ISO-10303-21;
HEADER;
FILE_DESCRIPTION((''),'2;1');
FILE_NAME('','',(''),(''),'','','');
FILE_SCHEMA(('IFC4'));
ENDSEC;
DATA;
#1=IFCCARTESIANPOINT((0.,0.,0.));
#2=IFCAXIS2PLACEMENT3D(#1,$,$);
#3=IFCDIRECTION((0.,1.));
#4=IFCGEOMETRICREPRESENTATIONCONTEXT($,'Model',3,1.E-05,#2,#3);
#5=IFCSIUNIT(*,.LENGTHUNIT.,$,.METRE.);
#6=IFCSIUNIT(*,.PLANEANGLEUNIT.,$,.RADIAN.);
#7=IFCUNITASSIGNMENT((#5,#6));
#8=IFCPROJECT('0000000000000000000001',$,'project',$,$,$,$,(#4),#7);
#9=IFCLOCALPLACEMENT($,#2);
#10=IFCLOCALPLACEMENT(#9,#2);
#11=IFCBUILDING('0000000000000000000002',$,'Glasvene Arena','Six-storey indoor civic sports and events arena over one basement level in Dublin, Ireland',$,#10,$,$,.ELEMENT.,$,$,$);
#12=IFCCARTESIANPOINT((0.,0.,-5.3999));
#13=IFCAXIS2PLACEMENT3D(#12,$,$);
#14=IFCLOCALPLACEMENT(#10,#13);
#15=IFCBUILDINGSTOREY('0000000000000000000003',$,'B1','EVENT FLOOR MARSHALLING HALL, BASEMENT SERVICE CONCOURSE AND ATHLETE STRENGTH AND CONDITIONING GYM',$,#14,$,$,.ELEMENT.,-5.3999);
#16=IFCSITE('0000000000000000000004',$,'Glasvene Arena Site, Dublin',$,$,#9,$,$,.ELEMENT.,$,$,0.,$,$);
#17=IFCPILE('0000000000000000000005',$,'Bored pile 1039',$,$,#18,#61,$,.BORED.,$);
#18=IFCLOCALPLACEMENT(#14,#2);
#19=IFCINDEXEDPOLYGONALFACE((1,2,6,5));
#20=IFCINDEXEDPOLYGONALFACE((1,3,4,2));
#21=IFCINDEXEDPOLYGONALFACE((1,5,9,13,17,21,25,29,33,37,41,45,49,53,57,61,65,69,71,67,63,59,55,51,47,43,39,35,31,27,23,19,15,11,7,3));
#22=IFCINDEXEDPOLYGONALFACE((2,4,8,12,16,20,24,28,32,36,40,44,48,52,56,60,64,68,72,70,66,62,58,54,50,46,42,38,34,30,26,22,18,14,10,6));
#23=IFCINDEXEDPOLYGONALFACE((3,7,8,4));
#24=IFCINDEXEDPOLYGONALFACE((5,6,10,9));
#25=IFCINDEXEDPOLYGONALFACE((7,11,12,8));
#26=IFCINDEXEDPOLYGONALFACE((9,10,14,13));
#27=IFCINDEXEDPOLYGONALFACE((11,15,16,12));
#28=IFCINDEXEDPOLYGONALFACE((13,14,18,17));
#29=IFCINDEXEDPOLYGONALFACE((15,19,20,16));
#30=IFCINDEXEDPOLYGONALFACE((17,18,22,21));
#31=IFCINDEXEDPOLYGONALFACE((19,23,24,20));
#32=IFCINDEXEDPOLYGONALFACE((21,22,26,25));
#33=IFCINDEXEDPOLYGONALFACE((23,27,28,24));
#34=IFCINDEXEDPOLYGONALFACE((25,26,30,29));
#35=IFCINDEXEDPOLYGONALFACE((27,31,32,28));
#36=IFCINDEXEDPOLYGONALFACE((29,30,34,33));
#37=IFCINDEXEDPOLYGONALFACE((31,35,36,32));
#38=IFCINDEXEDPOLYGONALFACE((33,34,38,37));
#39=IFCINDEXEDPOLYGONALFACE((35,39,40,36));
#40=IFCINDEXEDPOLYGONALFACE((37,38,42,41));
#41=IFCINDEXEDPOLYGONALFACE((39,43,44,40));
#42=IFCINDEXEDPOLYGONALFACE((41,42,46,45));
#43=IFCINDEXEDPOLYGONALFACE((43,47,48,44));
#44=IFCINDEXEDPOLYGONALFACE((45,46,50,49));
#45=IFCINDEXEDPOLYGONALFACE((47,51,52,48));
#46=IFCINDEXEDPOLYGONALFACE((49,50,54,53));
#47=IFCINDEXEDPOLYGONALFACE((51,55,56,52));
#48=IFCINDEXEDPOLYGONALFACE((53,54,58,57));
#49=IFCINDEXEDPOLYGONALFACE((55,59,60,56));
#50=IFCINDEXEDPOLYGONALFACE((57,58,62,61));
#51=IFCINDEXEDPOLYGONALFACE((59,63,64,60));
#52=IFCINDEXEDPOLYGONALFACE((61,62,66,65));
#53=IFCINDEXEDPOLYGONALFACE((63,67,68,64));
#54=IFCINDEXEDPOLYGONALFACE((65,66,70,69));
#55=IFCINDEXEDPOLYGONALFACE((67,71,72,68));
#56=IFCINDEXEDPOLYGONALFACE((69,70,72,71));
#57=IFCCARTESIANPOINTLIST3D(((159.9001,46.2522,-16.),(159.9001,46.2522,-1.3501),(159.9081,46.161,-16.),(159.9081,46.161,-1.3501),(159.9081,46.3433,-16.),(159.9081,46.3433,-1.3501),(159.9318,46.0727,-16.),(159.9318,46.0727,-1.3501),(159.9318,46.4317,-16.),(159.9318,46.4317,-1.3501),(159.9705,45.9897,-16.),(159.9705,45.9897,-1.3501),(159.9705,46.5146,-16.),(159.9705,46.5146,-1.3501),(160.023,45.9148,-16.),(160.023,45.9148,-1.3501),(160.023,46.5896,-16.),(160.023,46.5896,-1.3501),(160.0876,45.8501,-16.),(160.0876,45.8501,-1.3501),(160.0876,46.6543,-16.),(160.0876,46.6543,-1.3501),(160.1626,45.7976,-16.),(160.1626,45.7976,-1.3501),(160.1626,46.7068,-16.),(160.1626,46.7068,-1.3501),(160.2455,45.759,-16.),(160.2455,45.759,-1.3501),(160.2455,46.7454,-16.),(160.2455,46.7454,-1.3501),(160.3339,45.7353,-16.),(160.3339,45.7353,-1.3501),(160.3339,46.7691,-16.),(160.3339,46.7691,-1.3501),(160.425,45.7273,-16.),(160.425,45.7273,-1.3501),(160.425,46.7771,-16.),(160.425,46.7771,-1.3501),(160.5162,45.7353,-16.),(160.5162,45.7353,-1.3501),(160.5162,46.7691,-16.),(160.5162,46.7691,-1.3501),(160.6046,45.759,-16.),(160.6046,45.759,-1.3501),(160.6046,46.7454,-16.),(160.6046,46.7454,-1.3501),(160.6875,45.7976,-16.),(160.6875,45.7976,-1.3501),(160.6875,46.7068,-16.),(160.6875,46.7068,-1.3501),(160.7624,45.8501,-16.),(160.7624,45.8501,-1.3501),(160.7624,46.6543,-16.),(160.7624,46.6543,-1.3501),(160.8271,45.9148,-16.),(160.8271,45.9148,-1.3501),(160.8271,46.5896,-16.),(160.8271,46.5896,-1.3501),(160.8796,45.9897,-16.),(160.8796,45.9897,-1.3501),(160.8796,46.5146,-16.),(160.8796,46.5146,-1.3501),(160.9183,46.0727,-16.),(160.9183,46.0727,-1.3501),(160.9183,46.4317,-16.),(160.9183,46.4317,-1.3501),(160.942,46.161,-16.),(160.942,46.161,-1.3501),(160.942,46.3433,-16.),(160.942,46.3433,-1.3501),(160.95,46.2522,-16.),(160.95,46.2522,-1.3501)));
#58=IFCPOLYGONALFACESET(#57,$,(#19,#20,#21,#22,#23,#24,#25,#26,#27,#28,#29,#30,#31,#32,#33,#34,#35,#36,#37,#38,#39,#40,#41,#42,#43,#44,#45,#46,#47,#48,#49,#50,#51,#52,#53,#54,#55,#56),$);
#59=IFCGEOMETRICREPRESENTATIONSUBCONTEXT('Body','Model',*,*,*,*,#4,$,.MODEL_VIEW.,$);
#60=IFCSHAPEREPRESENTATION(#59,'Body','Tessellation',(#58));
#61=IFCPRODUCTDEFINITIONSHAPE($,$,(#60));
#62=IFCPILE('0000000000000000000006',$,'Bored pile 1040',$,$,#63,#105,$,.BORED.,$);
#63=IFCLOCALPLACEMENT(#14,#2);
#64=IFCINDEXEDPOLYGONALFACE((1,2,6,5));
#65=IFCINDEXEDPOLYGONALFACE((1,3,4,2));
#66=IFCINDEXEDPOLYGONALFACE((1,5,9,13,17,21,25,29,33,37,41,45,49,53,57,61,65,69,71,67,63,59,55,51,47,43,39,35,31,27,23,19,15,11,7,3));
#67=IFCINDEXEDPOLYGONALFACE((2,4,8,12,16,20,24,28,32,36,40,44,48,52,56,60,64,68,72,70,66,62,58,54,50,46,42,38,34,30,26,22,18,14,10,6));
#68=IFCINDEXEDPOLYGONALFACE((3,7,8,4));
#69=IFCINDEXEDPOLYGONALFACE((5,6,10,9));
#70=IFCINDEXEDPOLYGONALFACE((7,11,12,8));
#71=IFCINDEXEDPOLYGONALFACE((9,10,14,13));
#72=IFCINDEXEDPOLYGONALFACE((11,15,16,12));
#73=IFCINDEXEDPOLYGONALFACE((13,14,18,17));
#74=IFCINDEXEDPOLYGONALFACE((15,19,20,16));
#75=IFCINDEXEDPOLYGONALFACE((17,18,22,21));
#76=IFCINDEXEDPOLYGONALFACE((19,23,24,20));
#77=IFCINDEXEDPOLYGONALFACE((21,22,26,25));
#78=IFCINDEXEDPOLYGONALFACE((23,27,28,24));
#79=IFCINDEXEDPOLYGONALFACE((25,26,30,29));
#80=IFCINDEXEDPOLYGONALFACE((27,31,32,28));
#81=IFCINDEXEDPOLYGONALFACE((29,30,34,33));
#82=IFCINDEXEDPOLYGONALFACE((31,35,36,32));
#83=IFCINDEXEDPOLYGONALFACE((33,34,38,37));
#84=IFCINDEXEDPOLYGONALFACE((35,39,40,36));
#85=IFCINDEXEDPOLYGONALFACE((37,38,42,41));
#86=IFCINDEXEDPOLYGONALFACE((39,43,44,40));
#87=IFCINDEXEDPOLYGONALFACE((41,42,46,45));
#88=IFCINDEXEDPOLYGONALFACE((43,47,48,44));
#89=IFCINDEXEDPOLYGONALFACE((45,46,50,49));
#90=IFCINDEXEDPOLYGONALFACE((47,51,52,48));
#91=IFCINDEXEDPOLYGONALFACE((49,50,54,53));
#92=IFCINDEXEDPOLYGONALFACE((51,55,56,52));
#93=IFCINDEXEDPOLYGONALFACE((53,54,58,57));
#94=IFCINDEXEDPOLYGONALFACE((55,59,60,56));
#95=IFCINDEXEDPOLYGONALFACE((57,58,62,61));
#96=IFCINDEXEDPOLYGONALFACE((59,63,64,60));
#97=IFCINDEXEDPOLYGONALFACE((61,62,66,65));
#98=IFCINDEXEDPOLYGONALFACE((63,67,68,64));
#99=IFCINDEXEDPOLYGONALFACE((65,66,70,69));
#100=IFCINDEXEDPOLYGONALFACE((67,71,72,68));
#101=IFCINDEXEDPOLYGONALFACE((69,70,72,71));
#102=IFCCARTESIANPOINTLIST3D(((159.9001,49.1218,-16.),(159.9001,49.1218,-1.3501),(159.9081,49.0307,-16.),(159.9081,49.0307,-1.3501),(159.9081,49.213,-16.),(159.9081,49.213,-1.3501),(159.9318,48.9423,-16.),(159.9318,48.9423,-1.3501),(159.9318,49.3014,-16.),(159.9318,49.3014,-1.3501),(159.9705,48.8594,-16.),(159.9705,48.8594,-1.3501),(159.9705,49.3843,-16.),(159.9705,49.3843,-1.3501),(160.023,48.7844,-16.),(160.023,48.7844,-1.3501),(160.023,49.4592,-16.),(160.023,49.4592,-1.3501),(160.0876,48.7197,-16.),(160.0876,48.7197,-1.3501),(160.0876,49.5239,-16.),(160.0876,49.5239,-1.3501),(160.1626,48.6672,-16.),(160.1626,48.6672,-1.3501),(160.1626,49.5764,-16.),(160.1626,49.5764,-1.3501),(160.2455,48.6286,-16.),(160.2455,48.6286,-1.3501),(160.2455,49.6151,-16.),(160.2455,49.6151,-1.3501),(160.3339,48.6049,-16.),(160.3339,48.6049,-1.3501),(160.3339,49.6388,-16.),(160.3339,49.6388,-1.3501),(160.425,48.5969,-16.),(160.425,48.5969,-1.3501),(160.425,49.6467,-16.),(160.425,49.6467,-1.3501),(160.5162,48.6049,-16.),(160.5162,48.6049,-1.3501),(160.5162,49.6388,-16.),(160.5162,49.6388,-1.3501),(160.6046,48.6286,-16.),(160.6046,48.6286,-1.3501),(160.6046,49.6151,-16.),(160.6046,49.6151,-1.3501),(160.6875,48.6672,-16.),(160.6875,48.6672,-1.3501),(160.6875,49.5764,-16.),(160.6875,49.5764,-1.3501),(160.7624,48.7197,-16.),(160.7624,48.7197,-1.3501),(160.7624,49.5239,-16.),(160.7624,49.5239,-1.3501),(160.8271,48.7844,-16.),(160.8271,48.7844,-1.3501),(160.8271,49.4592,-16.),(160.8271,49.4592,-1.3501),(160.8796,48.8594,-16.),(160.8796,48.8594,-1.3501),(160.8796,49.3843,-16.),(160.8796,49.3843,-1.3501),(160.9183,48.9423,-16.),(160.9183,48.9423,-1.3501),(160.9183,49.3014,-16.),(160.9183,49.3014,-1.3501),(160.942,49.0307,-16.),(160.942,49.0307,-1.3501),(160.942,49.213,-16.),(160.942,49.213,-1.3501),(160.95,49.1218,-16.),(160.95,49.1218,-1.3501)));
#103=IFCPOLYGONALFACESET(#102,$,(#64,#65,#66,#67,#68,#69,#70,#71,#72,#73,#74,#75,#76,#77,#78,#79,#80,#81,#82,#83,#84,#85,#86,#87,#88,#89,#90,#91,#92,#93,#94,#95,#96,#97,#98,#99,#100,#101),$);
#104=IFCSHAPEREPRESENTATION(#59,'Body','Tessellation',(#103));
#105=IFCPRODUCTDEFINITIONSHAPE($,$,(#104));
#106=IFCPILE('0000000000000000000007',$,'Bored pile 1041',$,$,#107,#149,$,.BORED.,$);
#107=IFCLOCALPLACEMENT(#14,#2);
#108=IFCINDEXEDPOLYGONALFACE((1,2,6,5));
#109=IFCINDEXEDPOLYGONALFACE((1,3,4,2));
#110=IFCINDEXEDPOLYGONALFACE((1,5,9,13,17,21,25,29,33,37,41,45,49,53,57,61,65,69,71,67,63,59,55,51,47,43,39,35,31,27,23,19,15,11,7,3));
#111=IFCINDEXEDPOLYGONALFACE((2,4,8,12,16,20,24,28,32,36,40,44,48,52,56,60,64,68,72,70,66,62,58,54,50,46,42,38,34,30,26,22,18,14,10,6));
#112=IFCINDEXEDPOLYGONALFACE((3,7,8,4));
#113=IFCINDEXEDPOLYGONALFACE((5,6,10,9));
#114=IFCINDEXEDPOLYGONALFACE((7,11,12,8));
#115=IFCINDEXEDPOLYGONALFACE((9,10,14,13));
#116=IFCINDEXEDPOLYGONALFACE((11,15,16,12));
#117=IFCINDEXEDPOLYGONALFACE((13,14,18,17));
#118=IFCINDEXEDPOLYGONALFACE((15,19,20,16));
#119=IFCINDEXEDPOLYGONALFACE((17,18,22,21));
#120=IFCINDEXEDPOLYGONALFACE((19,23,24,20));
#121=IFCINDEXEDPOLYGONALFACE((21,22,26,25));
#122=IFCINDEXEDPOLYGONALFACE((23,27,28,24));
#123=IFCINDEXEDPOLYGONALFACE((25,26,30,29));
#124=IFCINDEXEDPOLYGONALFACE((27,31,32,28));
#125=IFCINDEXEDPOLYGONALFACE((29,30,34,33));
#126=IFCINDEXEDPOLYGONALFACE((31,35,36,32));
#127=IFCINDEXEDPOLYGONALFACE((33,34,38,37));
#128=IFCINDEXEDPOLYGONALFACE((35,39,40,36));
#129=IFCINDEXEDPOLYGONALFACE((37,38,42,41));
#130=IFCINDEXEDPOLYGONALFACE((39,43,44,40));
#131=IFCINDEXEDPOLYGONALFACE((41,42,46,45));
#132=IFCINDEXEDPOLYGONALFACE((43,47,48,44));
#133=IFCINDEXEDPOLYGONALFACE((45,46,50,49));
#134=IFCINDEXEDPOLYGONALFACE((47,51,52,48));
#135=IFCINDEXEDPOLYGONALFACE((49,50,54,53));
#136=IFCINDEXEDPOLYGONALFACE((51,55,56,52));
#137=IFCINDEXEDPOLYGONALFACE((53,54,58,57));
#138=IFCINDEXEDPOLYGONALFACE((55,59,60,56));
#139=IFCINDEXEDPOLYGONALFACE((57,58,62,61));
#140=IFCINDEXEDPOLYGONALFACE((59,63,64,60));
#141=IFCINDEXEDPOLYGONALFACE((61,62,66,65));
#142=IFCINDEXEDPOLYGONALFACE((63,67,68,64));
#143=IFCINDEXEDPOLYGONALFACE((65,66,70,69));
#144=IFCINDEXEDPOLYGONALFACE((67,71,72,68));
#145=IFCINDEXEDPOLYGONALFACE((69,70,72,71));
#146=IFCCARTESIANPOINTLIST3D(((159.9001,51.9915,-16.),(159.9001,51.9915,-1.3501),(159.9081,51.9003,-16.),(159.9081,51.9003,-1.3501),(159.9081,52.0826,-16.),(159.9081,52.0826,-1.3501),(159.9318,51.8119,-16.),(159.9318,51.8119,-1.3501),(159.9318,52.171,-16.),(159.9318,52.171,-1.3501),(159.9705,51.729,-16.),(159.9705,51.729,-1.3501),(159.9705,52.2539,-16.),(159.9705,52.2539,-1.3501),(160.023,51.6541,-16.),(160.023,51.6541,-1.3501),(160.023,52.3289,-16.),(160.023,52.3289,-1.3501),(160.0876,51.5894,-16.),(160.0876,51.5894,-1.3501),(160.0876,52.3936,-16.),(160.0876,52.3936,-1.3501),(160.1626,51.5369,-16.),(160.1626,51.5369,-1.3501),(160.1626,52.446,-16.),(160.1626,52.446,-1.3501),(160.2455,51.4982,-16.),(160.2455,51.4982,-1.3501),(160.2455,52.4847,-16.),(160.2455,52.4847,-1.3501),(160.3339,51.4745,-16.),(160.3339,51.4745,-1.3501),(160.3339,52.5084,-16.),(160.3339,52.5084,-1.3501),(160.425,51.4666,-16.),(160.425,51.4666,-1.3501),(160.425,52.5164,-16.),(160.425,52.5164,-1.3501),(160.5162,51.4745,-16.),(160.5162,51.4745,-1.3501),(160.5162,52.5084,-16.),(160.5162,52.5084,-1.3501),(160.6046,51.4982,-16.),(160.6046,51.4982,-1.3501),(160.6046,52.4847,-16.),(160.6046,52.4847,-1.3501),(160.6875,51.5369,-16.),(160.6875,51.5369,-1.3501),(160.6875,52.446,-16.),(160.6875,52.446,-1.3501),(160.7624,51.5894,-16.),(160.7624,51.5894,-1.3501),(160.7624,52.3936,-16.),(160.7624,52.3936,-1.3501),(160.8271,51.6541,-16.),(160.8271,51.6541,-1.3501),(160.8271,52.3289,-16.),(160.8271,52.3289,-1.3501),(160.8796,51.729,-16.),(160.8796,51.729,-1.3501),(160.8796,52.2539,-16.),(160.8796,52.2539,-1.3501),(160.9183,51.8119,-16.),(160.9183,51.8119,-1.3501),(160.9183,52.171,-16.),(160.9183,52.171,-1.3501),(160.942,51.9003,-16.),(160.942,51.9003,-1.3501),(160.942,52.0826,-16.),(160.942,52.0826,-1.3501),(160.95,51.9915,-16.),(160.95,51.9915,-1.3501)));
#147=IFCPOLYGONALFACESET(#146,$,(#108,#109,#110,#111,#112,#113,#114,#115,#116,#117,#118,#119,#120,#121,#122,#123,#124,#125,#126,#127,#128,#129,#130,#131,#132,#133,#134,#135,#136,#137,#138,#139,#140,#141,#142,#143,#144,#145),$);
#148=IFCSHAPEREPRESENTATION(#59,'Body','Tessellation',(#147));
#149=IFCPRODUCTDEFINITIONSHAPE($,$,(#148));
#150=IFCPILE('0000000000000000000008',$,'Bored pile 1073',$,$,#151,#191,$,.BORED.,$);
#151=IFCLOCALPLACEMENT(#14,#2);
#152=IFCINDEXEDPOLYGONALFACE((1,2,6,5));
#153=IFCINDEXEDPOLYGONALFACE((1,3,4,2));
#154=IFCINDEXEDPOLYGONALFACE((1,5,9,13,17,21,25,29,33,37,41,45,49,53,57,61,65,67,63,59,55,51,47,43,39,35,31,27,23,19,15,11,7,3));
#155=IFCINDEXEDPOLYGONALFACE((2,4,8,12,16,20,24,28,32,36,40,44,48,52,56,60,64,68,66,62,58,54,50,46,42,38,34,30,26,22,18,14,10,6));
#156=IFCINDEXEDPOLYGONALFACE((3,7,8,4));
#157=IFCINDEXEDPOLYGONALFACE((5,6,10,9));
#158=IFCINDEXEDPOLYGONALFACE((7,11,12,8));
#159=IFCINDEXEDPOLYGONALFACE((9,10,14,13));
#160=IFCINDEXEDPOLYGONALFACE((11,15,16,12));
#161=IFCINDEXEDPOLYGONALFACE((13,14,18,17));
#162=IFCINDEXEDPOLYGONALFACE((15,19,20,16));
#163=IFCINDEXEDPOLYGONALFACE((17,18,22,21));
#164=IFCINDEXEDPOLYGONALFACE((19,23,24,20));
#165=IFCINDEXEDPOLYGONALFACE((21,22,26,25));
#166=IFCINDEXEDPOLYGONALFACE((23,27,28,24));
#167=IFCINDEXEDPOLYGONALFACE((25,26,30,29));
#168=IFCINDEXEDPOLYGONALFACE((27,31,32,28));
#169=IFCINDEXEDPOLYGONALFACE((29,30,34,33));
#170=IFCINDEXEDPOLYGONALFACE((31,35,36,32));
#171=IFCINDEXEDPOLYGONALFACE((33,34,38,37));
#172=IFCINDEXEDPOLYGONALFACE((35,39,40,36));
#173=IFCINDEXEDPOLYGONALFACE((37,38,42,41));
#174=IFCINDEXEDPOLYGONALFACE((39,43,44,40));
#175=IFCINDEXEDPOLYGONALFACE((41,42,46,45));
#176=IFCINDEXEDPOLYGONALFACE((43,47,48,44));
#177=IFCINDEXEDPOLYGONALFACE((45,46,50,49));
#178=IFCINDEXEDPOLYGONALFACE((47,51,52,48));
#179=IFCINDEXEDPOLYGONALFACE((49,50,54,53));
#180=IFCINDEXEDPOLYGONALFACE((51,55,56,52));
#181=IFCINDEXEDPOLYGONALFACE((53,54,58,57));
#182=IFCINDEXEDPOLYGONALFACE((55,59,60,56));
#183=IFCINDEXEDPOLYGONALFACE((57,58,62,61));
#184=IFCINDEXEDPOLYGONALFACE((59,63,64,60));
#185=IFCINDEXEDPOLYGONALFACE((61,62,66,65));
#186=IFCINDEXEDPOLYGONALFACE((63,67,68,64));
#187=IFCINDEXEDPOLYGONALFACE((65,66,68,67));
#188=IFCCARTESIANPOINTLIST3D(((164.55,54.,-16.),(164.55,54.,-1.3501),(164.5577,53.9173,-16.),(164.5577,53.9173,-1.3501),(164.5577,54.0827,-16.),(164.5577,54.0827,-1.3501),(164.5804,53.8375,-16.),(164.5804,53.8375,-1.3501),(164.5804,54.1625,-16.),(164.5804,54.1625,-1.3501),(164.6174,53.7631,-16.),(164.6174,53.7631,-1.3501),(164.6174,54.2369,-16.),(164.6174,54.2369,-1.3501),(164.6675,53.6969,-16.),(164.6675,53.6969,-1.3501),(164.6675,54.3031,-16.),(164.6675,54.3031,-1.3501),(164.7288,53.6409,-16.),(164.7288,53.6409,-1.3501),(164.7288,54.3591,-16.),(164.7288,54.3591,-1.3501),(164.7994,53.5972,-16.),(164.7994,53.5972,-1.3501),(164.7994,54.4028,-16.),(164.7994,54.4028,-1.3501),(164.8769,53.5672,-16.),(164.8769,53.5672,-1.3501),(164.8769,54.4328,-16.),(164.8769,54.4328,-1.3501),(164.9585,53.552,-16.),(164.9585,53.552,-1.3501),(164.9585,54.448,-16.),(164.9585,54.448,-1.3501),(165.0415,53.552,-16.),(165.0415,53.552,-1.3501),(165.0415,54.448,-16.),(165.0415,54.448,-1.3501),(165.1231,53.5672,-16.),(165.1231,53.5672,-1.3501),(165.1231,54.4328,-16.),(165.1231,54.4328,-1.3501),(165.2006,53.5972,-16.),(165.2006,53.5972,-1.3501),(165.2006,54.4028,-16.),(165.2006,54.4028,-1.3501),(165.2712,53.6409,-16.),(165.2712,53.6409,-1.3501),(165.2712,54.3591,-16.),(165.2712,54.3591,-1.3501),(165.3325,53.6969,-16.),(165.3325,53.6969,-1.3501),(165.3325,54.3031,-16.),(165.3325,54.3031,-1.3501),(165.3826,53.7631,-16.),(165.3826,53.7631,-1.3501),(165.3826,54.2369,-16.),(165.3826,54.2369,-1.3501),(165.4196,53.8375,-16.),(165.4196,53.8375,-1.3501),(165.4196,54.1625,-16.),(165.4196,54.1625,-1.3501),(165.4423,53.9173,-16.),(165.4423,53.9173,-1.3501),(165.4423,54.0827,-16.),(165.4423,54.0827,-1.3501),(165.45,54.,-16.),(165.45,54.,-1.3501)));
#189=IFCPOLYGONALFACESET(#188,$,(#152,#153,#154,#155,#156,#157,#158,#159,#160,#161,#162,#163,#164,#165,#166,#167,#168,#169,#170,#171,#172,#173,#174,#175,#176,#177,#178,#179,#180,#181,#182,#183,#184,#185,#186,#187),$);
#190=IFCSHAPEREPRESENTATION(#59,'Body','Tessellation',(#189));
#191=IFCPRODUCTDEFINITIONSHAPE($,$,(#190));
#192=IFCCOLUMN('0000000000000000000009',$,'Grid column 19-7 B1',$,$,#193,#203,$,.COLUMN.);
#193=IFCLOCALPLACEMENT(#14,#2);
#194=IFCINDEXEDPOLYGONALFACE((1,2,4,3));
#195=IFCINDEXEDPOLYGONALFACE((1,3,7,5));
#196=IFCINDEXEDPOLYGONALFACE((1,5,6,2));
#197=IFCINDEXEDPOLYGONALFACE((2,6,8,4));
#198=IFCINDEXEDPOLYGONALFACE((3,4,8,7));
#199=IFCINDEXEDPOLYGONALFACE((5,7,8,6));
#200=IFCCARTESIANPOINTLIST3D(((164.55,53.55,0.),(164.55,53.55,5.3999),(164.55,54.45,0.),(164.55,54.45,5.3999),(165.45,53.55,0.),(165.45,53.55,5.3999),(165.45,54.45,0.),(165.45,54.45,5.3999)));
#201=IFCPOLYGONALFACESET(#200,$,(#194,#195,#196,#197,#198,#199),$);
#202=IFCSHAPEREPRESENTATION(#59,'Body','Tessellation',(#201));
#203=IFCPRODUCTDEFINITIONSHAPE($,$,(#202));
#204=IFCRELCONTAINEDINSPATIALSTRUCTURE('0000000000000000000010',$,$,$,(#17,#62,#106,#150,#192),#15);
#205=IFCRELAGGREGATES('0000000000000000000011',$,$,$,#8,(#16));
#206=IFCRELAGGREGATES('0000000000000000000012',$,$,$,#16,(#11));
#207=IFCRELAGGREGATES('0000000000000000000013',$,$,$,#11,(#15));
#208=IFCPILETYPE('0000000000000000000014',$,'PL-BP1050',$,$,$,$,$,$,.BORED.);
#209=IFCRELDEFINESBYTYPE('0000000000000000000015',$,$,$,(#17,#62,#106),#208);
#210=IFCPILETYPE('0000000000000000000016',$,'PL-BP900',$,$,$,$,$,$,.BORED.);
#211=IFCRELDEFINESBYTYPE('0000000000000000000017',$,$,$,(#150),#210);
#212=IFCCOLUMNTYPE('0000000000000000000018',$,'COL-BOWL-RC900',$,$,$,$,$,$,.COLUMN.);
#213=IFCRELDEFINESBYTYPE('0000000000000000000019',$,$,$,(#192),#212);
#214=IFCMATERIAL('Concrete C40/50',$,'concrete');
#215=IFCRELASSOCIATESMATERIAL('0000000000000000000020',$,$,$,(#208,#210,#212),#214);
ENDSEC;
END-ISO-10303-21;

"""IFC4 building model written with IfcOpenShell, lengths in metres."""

from ifc_helpers import new_model, si_unit, direction, frame, origin, origin_2d, place, context, subcontext, project, spatial, rectangle, circle, extrude, material, material_profile, profile_set, type_object, element, save


model = new_model("IFC4")

# Units and contexts
model_context = context("Model", 3, precision=1e-05, world=origin(), true_north=direction((0.0, 1.0)))
body_context = subcontext(model_context, "Body", "Model", "MODEL_VIEW")
ifc_project = project(units=[si_unit("LENGTHUNIT", "METRE"), si_unit("PLANEANGLEUNIT", "RADIAN")], contexts=[model_context])

# Site, building, storey
site_placement = place(None, origin())
site = spatial("IfcSite", under=ifc_project, at=site_placement, Name="Glasvene Arena Site, Dublin", CompositionType="ELEMENT", RefElevation=0.0)
building_placement = place(site_placement, origin())
building = spatial("IfcBuilding", under=site, at=building_placement, Name="Glasvene Arena", Description="Six-storey indoor civic sports and events arena over one basement level in Dublin, Ireland", CompositionType="ELEMENT")
storey_placement = place(building_placement, frame((0.0, 0.0, -5.3999)))
storey = spatial("IfcBuildingStorey", under=building, at=storey_placement, Name="B1", Description="EVENT FLOOR MARSHALLING HALL, BASEMENT SERVICE CONCOURSE AND ATHLETE STRENGTH AND CONDITIONING GYM", CompositionType="ELEMENT", Elevation=-5.3999)

# Shared definitions
ifc_material_1 = material(Name="Concrete C40/50", Category="concrete")

# Piles
ifc_material_profile_1 = material_profile(ifc_material_1, circle(Radius=0.5249, at=origin_2d()), Name="BORED PILE 1050")
ifc_profile_set_1 = profile_set([ifc_material_profile_1], Name="Concrete C40/50")
pile_type_1 = type_object("IfcPileType", Name="PL-BP1050", PredefinedType="BORED", material=ifc_profile_set_1)
for number, where, z_axis, x_axis, name in (
    (1, (160.425, 46.2522, -1.3501), (0.0, 0.0, -1.0), (1.0, 0.0, 0.0), "Bored pile 1039"),
    (2, (160.425, 49.1218, -1.3501), (0.0, 0.0, -1.0), (1.0, 0.0, 0.0), "Bored pile 1040"),
    (3, (160.425, 51.9915, -1.3501), (0.0, 0.0, -1.0), (1.0, 0.0, 0.0), "Bored pile 1041"),
):
    element("IfcPile", number, at=place(storey_placement, frame(where, z_axis=z_axis, x_axis=x_axis)), inside=storey, type_object=pile_type_1, Name=name, PredefinedType="BORED", context=body_context, shape_type="SweptSolid", body=[
        extrude(circle(Radius=0.5249, at=origin_2d()), origin(), (0.0, 0.0, 1.0), 14.6499),
    ])
ifc_material_profile_2 = material_profile(ifc_material_1, circle(Radius=0.45, at=origin_2d()), Name="BORED PILE 900")
ifc_profile_set_2 = profile_set([ifc_material_profile_2], Name="Concrete C40/50")
pile_type_2 = type_object("IfcPileType", Name="PL-BP900", PredefinedType="BORED", material=ifc_profile_set_2)
pile_placement = place(storey_placement, frame((165.0, 54.0, -1.3501), z_axis=(0.0, 0.0, -1.0), x_axis=(1.0, 0.0, 0.0)))
element("IfcPile", 4, at=pile_placement, inside=storey, type_object=pile_type_2, Name="Bored pile 1073", PredefinedType="BORED", context=body_context, shape_type="SweptSolid", body=[
    extrude(circle(Radius=0.45, at=origin_2d()), origin(), (0.0, 0.0, 1.0), 14.6499),
])

# Column
ifc_material_profile_3 = material_profile(ifc_material_1, rectangle(XDim=0.8999, YDim=0.8999, at=origin_2d()), Name="RC 900x900")
ifc_profile_set_3 = profile_set([ifc_material_profile_3], Name="Concrete C40/50")
column_type_1 = type_object("IfcColumnType", Name="COL-BOWL-RC900", PredefinedType="COLUMN", material=ifc_profile_set_3)
column_1_placement = place(storey_placement, frame((165.0, 54.0, 0.0), z_axis=(0.0, 0.0, 1.0), x_axis=(1.0, 0.0, 0.0)))
element("IfcColumn", 5, at=column_1_placement, inside=storey, type_object=column_type_1, Name="Grid column 19-7 B1", PredefinedType="COLUMN", context=body_context, shape_type="SweptSolid", body=[
    extrude(rectangle(XDim=0.8999, YDim=0.8999, at=origin_2d()), origin(), (0.0, 0.0, 1.0), 5.3999),
])

save(model, "model.ifc")
